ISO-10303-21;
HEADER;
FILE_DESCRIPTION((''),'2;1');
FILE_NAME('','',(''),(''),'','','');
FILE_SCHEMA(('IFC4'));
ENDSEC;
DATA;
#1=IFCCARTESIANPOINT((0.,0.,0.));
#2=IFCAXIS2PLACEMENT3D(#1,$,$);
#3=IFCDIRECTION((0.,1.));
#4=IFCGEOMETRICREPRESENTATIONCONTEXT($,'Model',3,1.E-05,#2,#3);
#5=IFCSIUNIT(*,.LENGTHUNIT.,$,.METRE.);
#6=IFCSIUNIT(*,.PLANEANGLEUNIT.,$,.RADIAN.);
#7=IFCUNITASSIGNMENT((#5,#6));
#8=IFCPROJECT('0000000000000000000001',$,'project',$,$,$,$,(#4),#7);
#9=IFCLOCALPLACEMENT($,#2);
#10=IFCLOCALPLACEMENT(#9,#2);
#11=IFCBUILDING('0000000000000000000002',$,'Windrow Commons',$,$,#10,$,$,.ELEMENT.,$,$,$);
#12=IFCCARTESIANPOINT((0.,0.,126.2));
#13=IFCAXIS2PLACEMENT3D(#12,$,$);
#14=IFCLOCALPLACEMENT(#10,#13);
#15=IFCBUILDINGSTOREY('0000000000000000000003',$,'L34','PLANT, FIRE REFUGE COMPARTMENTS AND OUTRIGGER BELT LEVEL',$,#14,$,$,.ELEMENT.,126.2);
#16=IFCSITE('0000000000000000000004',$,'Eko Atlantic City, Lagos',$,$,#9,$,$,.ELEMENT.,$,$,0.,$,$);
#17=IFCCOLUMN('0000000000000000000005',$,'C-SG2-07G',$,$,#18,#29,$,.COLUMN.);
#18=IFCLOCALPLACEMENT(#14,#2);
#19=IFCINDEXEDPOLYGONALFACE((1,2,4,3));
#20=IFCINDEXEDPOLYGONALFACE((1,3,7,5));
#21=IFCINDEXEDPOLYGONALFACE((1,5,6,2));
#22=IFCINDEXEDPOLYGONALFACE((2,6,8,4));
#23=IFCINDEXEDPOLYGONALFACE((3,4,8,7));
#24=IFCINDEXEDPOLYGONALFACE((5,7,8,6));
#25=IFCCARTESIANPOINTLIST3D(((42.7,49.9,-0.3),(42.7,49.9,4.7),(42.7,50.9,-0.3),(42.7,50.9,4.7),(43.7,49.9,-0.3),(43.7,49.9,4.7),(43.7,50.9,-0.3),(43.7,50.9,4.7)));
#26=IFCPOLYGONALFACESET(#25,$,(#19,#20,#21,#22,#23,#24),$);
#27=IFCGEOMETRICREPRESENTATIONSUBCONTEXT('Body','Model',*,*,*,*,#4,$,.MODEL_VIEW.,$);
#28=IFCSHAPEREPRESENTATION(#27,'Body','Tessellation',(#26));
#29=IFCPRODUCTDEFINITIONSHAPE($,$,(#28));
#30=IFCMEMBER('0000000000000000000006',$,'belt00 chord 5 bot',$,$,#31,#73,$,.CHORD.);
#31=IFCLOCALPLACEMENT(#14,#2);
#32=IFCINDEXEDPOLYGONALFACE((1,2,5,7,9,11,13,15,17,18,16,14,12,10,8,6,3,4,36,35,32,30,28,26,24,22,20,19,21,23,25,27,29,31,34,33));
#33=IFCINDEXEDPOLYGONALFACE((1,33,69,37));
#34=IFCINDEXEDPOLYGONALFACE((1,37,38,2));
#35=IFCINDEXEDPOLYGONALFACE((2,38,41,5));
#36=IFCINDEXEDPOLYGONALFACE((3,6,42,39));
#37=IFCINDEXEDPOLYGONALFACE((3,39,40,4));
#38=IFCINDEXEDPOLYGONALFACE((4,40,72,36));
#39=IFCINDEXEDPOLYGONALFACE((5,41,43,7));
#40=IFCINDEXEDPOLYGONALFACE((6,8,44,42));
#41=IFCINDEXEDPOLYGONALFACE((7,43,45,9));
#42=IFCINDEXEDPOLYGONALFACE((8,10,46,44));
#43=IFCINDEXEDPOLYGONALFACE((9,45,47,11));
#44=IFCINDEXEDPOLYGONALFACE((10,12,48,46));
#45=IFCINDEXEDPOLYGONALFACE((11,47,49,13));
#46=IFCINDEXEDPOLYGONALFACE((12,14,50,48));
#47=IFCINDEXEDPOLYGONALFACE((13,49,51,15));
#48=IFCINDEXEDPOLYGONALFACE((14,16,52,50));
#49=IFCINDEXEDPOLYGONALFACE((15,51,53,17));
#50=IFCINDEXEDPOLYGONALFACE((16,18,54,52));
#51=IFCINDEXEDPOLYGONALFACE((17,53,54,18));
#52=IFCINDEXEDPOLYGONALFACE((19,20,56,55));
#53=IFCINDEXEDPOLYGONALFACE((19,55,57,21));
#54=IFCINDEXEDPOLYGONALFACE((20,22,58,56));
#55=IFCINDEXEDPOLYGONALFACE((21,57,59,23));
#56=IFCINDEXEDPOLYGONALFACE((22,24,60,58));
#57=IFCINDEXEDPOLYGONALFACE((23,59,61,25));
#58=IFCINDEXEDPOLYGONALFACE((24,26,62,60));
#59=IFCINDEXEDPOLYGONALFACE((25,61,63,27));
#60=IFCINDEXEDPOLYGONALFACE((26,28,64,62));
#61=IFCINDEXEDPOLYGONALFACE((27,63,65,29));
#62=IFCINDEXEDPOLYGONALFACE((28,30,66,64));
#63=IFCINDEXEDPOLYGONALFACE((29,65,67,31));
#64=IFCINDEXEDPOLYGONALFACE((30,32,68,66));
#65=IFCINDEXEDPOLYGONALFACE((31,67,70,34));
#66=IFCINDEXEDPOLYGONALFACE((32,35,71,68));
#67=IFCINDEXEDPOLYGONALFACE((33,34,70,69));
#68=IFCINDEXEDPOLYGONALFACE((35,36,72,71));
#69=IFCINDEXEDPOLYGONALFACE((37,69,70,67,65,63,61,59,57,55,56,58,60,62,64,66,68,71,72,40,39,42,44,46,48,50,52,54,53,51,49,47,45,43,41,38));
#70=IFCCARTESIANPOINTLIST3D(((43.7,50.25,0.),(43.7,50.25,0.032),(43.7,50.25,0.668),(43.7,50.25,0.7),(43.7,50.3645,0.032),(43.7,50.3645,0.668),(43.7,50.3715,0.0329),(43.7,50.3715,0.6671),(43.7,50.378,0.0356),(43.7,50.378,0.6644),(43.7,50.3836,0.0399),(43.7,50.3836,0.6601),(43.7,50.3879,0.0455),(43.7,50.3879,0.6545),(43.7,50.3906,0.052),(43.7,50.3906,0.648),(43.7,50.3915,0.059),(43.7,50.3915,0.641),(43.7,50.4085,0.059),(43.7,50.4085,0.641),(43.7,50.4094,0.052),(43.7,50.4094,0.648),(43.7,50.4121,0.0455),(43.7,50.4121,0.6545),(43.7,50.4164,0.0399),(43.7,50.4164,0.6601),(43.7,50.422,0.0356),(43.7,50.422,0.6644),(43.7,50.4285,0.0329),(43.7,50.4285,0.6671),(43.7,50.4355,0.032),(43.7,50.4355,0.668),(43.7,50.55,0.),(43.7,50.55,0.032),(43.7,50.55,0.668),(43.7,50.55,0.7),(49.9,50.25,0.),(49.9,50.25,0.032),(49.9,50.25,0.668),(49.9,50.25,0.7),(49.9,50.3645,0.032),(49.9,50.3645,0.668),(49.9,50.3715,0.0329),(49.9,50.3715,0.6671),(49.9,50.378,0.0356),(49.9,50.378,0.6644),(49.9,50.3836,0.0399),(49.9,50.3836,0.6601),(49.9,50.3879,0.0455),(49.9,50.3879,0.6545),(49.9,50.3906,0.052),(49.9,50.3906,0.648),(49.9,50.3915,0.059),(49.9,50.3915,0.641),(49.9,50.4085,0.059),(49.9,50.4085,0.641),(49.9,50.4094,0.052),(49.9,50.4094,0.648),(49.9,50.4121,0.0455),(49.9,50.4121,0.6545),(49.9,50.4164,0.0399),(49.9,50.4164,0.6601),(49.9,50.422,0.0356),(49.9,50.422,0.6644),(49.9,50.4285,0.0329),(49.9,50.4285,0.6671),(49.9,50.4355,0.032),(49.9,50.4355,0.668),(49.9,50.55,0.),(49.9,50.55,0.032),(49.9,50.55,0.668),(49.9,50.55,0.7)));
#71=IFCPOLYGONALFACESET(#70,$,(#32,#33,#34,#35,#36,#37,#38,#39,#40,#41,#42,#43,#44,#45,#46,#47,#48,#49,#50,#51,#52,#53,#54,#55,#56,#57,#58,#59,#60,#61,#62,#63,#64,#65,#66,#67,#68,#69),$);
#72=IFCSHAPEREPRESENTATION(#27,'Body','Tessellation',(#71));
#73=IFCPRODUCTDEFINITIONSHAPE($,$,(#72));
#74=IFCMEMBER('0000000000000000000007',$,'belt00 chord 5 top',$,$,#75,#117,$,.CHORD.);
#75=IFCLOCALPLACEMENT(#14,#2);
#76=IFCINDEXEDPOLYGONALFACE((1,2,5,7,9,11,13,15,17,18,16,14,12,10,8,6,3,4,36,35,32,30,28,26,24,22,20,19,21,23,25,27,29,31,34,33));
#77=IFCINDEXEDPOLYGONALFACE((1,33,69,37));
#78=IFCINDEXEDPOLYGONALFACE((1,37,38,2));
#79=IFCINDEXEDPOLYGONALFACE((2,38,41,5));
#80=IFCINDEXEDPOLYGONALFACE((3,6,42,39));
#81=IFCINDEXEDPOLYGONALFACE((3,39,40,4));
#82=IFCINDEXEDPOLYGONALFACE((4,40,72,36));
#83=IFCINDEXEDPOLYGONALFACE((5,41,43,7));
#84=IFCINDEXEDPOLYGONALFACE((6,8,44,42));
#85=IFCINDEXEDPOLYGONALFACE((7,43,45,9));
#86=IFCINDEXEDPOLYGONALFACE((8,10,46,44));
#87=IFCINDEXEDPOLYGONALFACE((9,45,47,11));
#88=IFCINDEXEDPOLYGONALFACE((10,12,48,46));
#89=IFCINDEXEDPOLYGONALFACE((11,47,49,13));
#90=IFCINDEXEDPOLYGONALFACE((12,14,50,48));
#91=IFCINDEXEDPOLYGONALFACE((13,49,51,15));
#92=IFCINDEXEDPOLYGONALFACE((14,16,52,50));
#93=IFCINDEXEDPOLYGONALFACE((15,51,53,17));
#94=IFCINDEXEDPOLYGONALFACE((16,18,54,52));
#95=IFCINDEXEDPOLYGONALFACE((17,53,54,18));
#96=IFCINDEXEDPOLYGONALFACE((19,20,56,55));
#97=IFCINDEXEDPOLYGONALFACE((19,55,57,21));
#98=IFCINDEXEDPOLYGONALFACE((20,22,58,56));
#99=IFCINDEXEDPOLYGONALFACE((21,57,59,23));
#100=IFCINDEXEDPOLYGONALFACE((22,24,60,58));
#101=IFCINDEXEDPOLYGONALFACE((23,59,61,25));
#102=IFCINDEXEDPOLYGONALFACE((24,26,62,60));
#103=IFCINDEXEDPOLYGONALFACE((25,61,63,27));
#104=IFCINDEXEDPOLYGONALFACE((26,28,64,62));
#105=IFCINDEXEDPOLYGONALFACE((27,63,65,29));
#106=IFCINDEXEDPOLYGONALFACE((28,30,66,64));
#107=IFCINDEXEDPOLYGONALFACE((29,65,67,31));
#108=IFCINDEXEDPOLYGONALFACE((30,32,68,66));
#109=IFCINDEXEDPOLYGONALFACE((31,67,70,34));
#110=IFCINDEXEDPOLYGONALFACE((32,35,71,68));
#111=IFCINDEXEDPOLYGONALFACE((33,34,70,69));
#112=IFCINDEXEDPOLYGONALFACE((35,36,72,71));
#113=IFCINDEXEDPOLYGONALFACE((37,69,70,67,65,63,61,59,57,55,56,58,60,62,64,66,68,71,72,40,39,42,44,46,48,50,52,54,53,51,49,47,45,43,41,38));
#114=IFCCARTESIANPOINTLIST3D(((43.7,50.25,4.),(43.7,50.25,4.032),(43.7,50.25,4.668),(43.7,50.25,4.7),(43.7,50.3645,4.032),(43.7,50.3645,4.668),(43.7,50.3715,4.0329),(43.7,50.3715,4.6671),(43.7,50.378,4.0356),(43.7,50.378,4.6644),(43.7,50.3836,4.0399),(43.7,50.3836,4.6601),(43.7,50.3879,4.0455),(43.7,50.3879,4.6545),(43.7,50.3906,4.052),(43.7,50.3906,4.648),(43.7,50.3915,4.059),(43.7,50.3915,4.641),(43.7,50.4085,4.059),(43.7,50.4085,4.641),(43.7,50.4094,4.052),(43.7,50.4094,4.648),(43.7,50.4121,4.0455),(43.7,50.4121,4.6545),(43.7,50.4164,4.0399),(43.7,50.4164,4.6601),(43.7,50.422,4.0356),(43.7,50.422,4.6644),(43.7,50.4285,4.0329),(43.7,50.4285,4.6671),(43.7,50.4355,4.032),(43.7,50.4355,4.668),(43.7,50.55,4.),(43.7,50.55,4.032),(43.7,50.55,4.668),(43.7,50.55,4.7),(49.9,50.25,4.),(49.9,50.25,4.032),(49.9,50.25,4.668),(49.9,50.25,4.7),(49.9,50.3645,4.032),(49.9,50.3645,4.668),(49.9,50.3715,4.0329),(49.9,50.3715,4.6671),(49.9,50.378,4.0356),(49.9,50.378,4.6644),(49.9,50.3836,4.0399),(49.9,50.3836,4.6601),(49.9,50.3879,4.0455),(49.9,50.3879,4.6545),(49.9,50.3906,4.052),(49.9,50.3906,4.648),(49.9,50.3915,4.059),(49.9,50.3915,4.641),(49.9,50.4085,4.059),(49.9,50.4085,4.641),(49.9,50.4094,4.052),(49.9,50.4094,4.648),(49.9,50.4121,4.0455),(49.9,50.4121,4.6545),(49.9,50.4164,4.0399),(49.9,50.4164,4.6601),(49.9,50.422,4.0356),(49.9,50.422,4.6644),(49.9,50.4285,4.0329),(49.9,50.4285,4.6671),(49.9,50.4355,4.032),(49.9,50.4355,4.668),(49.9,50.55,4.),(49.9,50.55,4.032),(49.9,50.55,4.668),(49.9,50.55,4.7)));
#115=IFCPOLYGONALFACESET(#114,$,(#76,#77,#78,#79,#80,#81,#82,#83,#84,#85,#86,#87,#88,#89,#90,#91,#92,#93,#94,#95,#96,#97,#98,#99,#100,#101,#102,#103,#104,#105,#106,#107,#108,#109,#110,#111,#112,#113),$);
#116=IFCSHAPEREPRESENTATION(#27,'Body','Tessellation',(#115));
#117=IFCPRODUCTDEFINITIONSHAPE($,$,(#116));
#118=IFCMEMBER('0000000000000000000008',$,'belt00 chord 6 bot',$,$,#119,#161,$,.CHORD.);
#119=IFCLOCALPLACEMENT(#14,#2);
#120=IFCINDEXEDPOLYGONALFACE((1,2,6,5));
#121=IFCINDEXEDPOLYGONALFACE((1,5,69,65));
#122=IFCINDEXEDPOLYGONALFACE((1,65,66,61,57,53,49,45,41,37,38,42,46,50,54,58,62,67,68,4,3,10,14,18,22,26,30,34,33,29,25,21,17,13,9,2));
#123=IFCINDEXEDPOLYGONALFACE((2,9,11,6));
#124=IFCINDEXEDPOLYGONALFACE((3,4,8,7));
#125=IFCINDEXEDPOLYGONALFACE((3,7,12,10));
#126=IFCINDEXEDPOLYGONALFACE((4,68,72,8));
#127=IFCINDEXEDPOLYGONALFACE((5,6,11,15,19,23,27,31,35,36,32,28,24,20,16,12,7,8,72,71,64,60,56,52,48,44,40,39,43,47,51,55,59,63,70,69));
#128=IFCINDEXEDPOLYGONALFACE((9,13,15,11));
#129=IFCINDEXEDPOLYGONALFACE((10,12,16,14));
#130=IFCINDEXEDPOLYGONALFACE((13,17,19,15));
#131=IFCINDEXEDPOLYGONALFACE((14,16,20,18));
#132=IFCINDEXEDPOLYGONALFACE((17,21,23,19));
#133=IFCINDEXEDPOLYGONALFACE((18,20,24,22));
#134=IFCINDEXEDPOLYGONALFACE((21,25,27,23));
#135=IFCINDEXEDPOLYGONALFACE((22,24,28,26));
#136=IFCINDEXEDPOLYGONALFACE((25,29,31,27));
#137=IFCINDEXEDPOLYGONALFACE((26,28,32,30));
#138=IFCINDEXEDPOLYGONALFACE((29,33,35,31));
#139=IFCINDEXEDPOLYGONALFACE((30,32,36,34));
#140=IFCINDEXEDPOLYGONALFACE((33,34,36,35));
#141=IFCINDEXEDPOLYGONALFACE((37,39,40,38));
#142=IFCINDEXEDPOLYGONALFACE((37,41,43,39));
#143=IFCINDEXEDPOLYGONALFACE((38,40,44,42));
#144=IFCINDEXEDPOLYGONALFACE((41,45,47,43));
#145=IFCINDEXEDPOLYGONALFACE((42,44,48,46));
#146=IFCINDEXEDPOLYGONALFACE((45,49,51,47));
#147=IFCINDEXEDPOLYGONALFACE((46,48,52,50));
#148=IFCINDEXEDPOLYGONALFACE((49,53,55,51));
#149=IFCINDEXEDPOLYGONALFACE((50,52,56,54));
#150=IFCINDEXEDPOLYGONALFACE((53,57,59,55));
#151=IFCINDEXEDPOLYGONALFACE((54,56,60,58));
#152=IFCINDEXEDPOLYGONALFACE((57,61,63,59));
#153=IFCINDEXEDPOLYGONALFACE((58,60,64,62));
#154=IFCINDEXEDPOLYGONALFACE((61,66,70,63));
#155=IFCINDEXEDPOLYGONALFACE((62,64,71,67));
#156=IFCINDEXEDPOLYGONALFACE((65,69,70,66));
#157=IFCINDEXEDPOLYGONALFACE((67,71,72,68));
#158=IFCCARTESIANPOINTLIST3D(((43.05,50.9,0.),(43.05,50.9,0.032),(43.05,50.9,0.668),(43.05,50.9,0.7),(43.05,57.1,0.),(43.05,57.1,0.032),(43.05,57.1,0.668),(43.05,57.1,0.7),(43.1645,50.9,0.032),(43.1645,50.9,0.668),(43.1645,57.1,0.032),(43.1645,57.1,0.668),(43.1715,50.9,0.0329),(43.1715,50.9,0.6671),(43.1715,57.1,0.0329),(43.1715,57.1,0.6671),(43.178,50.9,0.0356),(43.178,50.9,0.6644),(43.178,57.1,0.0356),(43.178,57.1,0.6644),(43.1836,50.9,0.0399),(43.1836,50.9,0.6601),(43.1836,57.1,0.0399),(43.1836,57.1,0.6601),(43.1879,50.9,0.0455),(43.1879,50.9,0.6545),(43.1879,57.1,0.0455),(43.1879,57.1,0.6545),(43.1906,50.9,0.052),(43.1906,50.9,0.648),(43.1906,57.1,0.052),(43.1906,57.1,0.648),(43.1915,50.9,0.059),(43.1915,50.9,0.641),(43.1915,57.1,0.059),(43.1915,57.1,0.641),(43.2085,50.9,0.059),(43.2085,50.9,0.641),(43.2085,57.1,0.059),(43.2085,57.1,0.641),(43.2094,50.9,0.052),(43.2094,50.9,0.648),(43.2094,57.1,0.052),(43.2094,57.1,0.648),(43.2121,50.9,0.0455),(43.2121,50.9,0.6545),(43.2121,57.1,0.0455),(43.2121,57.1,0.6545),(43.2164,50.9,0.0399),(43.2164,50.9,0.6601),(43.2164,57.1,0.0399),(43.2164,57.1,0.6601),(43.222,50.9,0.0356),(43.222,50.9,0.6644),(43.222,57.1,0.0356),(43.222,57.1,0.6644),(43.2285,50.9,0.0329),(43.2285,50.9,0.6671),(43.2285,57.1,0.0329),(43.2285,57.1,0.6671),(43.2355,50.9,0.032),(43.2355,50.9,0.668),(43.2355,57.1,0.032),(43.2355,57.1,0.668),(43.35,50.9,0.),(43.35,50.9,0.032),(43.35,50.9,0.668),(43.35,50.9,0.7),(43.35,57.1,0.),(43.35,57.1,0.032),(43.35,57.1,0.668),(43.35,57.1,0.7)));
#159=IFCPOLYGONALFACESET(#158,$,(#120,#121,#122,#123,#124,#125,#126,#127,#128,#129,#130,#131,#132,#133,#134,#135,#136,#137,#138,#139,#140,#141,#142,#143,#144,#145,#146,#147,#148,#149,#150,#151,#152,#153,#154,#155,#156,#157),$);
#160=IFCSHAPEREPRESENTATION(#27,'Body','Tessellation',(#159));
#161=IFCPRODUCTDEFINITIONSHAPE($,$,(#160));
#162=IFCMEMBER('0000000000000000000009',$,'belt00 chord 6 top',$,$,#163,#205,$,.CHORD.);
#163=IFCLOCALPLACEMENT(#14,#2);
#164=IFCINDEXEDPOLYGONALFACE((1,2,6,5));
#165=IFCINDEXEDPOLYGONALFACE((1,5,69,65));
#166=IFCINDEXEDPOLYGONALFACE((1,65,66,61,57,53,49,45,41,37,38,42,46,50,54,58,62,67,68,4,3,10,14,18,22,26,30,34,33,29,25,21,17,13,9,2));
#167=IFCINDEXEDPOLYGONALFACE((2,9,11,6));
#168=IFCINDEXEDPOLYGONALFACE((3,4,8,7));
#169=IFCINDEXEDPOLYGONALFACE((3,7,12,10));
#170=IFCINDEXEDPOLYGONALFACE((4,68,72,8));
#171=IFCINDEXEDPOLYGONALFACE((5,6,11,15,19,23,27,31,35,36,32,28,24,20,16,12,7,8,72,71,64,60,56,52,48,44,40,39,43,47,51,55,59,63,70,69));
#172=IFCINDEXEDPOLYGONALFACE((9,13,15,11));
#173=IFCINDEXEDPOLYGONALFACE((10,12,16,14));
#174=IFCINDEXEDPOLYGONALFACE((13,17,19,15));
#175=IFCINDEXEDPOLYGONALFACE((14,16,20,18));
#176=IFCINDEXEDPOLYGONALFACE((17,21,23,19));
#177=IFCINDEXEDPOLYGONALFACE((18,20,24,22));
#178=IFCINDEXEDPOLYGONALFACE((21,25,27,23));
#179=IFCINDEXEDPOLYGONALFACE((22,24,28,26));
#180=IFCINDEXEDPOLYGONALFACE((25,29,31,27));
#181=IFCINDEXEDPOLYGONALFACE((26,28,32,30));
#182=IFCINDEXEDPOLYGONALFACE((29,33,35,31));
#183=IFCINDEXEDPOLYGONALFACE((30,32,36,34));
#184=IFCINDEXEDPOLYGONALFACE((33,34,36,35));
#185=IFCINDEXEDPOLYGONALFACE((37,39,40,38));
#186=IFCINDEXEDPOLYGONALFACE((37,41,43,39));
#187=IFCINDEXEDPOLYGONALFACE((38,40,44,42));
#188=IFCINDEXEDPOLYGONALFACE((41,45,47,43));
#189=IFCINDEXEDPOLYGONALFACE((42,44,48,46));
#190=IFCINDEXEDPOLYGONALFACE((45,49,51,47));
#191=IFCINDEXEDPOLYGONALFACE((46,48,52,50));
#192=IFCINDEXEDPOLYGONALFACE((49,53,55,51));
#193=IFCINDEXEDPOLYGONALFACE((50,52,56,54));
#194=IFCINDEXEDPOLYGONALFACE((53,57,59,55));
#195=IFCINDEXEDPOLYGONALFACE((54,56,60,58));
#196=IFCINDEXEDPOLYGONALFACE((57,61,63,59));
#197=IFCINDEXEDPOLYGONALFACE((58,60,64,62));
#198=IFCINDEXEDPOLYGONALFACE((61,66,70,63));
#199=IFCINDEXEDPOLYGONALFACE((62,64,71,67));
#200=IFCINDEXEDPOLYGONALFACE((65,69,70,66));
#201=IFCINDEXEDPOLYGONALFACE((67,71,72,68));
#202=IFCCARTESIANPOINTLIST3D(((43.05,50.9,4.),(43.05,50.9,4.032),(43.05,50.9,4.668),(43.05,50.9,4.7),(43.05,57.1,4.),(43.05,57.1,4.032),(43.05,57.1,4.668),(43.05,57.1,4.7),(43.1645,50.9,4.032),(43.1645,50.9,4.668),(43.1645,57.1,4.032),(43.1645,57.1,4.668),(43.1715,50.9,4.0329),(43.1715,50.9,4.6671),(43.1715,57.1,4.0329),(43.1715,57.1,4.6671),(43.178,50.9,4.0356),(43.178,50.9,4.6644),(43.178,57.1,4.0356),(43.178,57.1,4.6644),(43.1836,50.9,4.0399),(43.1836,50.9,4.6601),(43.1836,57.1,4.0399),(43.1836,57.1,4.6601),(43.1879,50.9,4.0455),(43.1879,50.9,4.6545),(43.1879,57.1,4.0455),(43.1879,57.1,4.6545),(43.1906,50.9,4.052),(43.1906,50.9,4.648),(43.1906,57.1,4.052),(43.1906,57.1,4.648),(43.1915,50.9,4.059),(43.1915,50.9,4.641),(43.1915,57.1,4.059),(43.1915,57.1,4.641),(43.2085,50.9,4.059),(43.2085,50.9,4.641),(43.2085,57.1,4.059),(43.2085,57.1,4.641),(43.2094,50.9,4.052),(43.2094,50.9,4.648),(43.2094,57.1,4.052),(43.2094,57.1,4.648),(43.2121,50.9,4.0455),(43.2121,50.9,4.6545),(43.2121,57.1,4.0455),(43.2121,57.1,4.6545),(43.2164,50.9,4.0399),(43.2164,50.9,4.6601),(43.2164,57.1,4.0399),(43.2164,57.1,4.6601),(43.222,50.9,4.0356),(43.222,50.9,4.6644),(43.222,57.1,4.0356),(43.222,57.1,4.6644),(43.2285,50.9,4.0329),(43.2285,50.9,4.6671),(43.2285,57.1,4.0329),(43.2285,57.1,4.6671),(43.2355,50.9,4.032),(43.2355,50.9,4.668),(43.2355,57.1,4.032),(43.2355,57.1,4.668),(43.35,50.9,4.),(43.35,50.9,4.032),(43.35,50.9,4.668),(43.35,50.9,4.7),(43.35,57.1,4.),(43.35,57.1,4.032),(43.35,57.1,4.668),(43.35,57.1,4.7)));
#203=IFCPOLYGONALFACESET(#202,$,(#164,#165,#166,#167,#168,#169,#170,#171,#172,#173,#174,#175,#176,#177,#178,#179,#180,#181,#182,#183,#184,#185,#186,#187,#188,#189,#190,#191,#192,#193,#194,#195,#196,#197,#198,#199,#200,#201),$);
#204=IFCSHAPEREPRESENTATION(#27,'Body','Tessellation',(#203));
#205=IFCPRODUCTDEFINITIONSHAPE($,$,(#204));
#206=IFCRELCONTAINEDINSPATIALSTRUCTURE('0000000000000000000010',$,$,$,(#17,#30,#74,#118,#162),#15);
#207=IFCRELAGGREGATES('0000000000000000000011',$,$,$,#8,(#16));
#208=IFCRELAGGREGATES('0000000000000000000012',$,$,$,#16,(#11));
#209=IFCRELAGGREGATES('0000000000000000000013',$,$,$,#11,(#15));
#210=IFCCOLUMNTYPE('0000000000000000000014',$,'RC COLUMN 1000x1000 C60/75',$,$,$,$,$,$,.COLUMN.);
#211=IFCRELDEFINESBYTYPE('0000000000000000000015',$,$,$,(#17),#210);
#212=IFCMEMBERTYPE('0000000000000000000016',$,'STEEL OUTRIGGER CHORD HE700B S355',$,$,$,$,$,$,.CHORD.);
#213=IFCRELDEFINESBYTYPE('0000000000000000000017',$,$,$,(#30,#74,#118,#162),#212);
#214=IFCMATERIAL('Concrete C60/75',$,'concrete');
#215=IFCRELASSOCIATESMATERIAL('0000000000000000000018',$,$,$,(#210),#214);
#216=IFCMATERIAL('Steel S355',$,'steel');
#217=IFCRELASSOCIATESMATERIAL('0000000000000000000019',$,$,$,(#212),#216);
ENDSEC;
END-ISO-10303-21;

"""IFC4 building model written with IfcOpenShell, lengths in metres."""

from ifc_helpers import new_model, si_unit, direction, frame, origin, origin_2d, place, context, subcontext, project, spatial, rectangle, i_section, extrude, material, material_profile, profile_set, type_object, element, save


model = new_model("IFC4")

# Units and contexts
model_context = context("Model", 3, precision=1e-05, world=origin(), true_north=direction((0.0, 1.0)))
body_context = subcontext(model_context, "Body", "Model", "MODEL_VIEW")
ifc_project = project(units=[si_unit("LENGTHUNIT", "METRE"), si_unit("PLANEANGLEUNIT", "RADIAN")], contexts=[model_context])

# Site, building, storey
site_placement = place(None, origin())
site = spatial("IfcSite", under=ifc_project, at=site_placement, Name="Eko Atlantic City, Lagos", CompositionType="ELEMENT", RefElevation=0.0)
building_placement = place(site_placement, origin())
building = spatial("IfcBuilding", under=site, at=building_placement, Name="Windrow Commons", CompositionType="ELEMENT")
storey_placement = place(building_placement, frame((0.0, 0.0, 126.2)))
storey = spatial("IfcBuildingStorey", under=building, at=storey_placement, Name="L34", Description="PLANT, FIRE REFUGE COMPARTMENTS AND OUTRIGGER BELT LEVEL", CompositionType="ELEMENT", Elevation=126.2)

# Column
ifc_material_1 = material(Name="Concrete C60/75", Category="concrete")
ifc_material_profile_1 = material_profile(ifc_material_1, rectangle(XDim=1.0, YDim=1.0, at=origin_2d()))
ifc_profile_set_1 = profile_set([ifc_material_profile_1], Name="Concrete C60/75")
column_type = type_object("IfcColumnType", Name="RC COLUMN 1000x1000 C60/75", PredefinedType="COLUMN", material=ifc_profile_set_1)
column_placement = place(storey_placement, frame((43.2, 50.4, -0.3), z_axis=(0.0, 0.0, 1.0), x_axis=(1.0, 0.0, 0.0)))
element("IfcColumn", 1, at=column_placement, inside=storey, type_object=column_type, Name="C-SG2-07G", PredefinedType="COLUMN", context=body_context, shape_type="SweptSolid", body=[
    extrude(rectangle(XDim=1.0, YDim=1.0, at=origin_2d()), origin(), (0.0, 0.0, 1.0), 5.0),
])

# Members
ifc_material_2 = material(Name="Steel S355", Category="steel")
ifc_material_profile_2 = material_profile(ifc_material_2, i_section(OverallWidth=0.3, OverallDepth=0.7, WebThickness=0.017, FlangeThickness=0.032, FilletRadius=0.027, at=origin_2d()))
ifc_profile_set_2 = profile_set([ifc_material_profile_2], Name="Steel S355")
member_type_1 = type_object("IfcMemberType", Name="STEEL OUTRIGGER CHORD HE700B S355", PredefinedType="CHORD", material=ifc_profile_set_2)
for number, where, z_axis, x_axis, name in (
    (2, (49.9, 50.4, 0.35), (-1.0, 0.0, 0.0), (0.0, -1.0, 0.0), "belt00 chord 5 bot"),
    (3, (49.9, 50.4, 4.35), (-1.0, 0.0, 0.0), (0.0, -1.0, 0.0), "belt00 chord 5 top"),
    (4, (43.2, 50.9, 0.35), (0.0, 1.0, 0.0), (-1.0, 0.0, 0.0), "belt00 chord 6 bot"),
    (5, (43.2, 50.9, 4.35), (0.0, 1.0, 0.0), (-1.0, 0.0, 0.0), "belt00 chord 6 top"),
):
    element("IfcMember", number, at=place(storey_placement, frame(where, z_axis=z_axis, x_axis=x_axis)), inside=storey, type_object=member_type_1, Name=name, PredefinedType="CHORD", context=body_context, shape_type="SweptSolid", body=[
        extrude(i_section(OverallWidth=0.3, OverallDepth=0.7, WebThickness=0.017, FlangeThickness=0.032, FilletRadius=0.027, at=origin_2d()), origin(), (0.0, 0.0, 1.0), 6.2),
    ])

save(model, "model.ifc")
